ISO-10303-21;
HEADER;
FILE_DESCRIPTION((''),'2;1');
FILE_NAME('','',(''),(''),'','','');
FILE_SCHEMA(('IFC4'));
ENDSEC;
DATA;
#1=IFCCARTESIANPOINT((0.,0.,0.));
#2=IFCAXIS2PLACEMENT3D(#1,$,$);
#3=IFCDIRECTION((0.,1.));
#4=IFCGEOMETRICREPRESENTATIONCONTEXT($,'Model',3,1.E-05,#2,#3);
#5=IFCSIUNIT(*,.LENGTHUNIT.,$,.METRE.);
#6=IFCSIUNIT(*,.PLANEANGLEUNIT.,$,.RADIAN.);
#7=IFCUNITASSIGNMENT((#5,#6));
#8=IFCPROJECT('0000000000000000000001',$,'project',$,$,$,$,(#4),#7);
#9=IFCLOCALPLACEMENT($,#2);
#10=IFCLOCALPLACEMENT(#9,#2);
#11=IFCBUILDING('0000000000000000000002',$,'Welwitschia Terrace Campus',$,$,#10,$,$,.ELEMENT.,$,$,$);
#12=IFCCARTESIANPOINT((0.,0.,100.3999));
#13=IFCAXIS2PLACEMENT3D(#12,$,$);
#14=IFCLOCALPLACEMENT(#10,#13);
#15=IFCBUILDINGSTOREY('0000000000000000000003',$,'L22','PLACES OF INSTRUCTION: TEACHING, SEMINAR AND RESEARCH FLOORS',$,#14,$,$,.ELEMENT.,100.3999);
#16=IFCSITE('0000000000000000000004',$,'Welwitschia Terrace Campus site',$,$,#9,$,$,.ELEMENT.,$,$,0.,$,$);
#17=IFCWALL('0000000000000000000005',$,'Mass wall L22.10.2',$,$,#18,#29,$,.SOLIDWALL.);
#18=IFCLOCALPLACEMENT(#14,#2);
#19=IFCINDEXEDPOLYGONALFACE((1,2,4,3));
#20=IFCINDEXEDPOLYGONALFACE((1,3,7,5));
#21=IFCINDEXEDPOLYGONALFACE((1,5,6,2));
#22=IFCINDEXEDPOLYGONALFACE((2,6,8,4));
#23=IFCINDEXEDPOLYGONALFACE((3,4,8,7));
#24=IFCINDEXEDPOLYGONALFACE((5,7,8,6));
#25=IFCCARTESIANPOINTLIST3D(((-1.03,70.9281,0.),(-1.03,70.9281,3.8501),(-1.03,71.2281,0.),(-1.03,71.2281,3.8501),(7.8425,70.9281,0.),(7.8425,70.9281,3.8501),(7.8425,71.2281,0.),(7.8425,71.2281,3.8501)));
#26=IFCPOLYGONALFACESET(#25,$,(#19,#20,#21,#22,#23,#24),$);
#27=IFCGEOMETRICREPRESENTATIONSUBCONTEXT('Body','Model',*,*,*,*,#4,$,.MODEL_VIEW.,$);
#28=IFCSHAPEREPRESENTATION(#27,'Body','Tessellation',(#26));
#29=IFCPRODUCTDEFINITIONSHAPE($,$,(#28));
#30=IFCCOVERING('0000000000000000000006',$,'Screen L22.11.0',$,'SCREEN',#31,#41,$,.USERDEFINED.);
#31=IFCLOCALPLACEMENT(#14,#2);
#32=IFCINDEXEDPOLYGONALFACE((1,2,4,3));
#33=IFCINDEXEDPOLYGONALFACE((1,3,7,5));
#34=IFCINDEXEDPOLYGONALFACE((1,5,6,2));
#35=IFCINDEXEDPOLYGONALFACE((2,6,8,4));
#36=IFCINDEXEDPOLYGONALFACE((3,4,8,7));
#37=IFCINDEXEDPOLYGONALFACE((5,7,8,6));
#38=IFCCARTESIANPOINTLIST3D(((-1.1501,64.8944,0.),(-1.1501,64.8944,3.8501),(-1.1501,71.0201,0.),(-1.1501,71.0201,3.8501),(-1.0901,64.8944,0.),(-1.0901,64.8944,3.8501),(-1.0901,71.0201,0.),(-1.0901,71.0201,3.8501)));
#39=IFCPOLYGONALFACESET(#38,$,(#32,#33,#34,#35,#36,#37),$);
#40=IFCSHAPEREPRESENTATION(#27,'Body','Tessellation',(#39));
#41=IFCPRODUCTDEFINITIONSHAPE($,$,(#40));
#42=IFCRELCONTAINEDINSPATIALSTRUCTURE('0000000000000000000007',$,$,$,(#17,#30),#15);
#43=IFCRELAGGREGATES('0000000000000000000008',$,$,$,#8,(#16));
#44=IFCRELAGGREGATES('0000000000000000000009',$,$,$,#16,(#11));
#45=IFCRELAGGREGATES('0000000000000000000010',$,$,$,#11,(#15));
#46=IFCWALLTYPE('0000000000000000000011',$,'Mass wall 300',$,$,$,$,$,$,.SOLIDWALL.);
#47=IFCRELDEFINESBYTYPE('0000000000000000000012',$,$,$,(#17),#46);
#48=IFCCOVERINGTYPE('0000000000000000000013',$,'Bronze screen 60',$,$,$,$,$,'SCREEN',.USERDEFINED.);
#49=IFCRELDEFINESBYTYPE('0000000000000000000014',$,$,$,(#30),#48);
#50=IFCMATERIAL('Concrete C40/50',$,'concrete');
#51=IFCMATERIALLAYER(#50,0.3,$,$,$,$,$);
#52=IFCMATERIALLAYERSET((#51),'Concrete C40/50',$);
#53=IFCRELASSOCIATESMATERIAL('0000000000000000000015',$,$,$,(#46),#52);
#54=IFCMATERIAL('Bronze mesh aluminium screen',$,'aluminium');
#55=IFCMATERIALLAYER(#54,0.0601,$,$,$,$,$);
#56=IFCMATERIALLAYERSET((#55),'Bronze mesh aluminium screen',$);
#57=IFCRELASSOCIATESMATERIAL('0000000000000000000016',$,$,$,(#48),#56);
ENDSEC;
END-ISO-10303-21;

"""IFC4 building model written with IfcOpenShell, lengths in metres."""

from ifc_helpers import new_model, si_unit, direction, frame, frame_2d, origin, origin_2d, place, context, subcontext, project, spatial, rectangle, extrude, material, layer, layer_set, type_object, element, save


model = new_model("IFC4")

# Units and contexts
model_context = context("Model", 3, precision=1e-05, world=origin(), true_north=direction((0.0, 1.0)))
body_context = subcontext(model_context, "Body", "Model", "MODEL_VIEW")
ifc_project = project(units=[si_unit("LENGTHUNIT", "METRE"), si_unit("PLANEANGLEUNIT", "RADIAN")], contexts=[model_context])

# Site, building, storey
site_placement = place(None, origin())
site = spatial("IfcSite", under=ifc_project, at=site_placement, Name="Welwitschia Terrace Campus site", CompositionType="ELEMENT", RefElevation=0.0)
building_placement = place(site_placement, origin())
building = spatial("IfcBuilding", under=site, at=building_placement, Name="Welwitschia Terrace Campus", CompositionType="ELEMENT")
storey_placement = place(building_placement, frame((0.0, 0.0, 100.3999)))
storey = spatial("IfcBuildingStorey", under=building, at=storey_placement, Name="L22", Description="PLACES OF INSTRUCTION: TEACHING, SEMINAR AND RESEARCH FLOORS", CompositionType="ELEMENT", Elevation=100.3999)

# Wall
ifc_material_1 = material(Name="Concrete C40/50", Category="concrete")
ifc_layer_1 = layer(ifc_material_1, 0.3)
ifc_layer_set_1 = layer_set([ifc_layer_1], Name="Concrete C40/50")
wall_type_1 = type_object("IfcWallType", Name="Mass wall 300", PredefinedType="SOLIDWALL", material=ifc_layer_set_1)
wall_1_placement = place(storey_placement, frame((7.8425, 71.0781, 0.0), z_axis=(0.0, 0.0, 1.0), x_axis=(-1.0, 0.0, 0.0)))
element("IfcWall", 1, at=wall_1_placement, inside=storey, type_object=wall_type_1, Name="Mass wall L22.10.2", PredefinedType="SOLIDWALL", context=body_context, shape_type="SweptSolid", body=[
    extrude(rectangle(XDim=8.8726, YDim=0.3, at=frame_2d((4.4363, 0.0))), origin(), (0.0, 0.0, 1.0), 3.8501),
])

# Covering
ifc_material_2 = material(Name="Bronze mesh aluminium screen", Category="aluminium")
ifc_layer_2 = layer(ifc_material_2, 0.0601)
ifc_layer_set_2 = layer_set([ifc_layer_2], Name="Bronze mesh aluminium screen")
covering_type = type_object("IfcCoveringType", Name="Bronze screen 60", ElementType="SCREEN", PredefinedType="USERDEFINED", material=ifc_layer_set_2)
covering_placement = place(storey_placement, frame((-1.1201, 67.9573, 0.0), z_axis=(0.0, 0.0, 1.0), x_axis=(0.0, -1.0, 0.0)))
element("IfcCovering", 2, at=covering_placement, inside=storey, type_object=covering_type, Name="Screen L22.11.0", ObjectType="SCREEN", PredefinedType="USERDEFINED", context=body_context, shape_type="SweptSolid", body=[
    extrude(rectangle(XDim=6.1257, YDim=0.0601, at=origin_2d()), origin(), (0.0, 0.0, 1.0), 3.8501),
])

save(model, "model.ifc")
